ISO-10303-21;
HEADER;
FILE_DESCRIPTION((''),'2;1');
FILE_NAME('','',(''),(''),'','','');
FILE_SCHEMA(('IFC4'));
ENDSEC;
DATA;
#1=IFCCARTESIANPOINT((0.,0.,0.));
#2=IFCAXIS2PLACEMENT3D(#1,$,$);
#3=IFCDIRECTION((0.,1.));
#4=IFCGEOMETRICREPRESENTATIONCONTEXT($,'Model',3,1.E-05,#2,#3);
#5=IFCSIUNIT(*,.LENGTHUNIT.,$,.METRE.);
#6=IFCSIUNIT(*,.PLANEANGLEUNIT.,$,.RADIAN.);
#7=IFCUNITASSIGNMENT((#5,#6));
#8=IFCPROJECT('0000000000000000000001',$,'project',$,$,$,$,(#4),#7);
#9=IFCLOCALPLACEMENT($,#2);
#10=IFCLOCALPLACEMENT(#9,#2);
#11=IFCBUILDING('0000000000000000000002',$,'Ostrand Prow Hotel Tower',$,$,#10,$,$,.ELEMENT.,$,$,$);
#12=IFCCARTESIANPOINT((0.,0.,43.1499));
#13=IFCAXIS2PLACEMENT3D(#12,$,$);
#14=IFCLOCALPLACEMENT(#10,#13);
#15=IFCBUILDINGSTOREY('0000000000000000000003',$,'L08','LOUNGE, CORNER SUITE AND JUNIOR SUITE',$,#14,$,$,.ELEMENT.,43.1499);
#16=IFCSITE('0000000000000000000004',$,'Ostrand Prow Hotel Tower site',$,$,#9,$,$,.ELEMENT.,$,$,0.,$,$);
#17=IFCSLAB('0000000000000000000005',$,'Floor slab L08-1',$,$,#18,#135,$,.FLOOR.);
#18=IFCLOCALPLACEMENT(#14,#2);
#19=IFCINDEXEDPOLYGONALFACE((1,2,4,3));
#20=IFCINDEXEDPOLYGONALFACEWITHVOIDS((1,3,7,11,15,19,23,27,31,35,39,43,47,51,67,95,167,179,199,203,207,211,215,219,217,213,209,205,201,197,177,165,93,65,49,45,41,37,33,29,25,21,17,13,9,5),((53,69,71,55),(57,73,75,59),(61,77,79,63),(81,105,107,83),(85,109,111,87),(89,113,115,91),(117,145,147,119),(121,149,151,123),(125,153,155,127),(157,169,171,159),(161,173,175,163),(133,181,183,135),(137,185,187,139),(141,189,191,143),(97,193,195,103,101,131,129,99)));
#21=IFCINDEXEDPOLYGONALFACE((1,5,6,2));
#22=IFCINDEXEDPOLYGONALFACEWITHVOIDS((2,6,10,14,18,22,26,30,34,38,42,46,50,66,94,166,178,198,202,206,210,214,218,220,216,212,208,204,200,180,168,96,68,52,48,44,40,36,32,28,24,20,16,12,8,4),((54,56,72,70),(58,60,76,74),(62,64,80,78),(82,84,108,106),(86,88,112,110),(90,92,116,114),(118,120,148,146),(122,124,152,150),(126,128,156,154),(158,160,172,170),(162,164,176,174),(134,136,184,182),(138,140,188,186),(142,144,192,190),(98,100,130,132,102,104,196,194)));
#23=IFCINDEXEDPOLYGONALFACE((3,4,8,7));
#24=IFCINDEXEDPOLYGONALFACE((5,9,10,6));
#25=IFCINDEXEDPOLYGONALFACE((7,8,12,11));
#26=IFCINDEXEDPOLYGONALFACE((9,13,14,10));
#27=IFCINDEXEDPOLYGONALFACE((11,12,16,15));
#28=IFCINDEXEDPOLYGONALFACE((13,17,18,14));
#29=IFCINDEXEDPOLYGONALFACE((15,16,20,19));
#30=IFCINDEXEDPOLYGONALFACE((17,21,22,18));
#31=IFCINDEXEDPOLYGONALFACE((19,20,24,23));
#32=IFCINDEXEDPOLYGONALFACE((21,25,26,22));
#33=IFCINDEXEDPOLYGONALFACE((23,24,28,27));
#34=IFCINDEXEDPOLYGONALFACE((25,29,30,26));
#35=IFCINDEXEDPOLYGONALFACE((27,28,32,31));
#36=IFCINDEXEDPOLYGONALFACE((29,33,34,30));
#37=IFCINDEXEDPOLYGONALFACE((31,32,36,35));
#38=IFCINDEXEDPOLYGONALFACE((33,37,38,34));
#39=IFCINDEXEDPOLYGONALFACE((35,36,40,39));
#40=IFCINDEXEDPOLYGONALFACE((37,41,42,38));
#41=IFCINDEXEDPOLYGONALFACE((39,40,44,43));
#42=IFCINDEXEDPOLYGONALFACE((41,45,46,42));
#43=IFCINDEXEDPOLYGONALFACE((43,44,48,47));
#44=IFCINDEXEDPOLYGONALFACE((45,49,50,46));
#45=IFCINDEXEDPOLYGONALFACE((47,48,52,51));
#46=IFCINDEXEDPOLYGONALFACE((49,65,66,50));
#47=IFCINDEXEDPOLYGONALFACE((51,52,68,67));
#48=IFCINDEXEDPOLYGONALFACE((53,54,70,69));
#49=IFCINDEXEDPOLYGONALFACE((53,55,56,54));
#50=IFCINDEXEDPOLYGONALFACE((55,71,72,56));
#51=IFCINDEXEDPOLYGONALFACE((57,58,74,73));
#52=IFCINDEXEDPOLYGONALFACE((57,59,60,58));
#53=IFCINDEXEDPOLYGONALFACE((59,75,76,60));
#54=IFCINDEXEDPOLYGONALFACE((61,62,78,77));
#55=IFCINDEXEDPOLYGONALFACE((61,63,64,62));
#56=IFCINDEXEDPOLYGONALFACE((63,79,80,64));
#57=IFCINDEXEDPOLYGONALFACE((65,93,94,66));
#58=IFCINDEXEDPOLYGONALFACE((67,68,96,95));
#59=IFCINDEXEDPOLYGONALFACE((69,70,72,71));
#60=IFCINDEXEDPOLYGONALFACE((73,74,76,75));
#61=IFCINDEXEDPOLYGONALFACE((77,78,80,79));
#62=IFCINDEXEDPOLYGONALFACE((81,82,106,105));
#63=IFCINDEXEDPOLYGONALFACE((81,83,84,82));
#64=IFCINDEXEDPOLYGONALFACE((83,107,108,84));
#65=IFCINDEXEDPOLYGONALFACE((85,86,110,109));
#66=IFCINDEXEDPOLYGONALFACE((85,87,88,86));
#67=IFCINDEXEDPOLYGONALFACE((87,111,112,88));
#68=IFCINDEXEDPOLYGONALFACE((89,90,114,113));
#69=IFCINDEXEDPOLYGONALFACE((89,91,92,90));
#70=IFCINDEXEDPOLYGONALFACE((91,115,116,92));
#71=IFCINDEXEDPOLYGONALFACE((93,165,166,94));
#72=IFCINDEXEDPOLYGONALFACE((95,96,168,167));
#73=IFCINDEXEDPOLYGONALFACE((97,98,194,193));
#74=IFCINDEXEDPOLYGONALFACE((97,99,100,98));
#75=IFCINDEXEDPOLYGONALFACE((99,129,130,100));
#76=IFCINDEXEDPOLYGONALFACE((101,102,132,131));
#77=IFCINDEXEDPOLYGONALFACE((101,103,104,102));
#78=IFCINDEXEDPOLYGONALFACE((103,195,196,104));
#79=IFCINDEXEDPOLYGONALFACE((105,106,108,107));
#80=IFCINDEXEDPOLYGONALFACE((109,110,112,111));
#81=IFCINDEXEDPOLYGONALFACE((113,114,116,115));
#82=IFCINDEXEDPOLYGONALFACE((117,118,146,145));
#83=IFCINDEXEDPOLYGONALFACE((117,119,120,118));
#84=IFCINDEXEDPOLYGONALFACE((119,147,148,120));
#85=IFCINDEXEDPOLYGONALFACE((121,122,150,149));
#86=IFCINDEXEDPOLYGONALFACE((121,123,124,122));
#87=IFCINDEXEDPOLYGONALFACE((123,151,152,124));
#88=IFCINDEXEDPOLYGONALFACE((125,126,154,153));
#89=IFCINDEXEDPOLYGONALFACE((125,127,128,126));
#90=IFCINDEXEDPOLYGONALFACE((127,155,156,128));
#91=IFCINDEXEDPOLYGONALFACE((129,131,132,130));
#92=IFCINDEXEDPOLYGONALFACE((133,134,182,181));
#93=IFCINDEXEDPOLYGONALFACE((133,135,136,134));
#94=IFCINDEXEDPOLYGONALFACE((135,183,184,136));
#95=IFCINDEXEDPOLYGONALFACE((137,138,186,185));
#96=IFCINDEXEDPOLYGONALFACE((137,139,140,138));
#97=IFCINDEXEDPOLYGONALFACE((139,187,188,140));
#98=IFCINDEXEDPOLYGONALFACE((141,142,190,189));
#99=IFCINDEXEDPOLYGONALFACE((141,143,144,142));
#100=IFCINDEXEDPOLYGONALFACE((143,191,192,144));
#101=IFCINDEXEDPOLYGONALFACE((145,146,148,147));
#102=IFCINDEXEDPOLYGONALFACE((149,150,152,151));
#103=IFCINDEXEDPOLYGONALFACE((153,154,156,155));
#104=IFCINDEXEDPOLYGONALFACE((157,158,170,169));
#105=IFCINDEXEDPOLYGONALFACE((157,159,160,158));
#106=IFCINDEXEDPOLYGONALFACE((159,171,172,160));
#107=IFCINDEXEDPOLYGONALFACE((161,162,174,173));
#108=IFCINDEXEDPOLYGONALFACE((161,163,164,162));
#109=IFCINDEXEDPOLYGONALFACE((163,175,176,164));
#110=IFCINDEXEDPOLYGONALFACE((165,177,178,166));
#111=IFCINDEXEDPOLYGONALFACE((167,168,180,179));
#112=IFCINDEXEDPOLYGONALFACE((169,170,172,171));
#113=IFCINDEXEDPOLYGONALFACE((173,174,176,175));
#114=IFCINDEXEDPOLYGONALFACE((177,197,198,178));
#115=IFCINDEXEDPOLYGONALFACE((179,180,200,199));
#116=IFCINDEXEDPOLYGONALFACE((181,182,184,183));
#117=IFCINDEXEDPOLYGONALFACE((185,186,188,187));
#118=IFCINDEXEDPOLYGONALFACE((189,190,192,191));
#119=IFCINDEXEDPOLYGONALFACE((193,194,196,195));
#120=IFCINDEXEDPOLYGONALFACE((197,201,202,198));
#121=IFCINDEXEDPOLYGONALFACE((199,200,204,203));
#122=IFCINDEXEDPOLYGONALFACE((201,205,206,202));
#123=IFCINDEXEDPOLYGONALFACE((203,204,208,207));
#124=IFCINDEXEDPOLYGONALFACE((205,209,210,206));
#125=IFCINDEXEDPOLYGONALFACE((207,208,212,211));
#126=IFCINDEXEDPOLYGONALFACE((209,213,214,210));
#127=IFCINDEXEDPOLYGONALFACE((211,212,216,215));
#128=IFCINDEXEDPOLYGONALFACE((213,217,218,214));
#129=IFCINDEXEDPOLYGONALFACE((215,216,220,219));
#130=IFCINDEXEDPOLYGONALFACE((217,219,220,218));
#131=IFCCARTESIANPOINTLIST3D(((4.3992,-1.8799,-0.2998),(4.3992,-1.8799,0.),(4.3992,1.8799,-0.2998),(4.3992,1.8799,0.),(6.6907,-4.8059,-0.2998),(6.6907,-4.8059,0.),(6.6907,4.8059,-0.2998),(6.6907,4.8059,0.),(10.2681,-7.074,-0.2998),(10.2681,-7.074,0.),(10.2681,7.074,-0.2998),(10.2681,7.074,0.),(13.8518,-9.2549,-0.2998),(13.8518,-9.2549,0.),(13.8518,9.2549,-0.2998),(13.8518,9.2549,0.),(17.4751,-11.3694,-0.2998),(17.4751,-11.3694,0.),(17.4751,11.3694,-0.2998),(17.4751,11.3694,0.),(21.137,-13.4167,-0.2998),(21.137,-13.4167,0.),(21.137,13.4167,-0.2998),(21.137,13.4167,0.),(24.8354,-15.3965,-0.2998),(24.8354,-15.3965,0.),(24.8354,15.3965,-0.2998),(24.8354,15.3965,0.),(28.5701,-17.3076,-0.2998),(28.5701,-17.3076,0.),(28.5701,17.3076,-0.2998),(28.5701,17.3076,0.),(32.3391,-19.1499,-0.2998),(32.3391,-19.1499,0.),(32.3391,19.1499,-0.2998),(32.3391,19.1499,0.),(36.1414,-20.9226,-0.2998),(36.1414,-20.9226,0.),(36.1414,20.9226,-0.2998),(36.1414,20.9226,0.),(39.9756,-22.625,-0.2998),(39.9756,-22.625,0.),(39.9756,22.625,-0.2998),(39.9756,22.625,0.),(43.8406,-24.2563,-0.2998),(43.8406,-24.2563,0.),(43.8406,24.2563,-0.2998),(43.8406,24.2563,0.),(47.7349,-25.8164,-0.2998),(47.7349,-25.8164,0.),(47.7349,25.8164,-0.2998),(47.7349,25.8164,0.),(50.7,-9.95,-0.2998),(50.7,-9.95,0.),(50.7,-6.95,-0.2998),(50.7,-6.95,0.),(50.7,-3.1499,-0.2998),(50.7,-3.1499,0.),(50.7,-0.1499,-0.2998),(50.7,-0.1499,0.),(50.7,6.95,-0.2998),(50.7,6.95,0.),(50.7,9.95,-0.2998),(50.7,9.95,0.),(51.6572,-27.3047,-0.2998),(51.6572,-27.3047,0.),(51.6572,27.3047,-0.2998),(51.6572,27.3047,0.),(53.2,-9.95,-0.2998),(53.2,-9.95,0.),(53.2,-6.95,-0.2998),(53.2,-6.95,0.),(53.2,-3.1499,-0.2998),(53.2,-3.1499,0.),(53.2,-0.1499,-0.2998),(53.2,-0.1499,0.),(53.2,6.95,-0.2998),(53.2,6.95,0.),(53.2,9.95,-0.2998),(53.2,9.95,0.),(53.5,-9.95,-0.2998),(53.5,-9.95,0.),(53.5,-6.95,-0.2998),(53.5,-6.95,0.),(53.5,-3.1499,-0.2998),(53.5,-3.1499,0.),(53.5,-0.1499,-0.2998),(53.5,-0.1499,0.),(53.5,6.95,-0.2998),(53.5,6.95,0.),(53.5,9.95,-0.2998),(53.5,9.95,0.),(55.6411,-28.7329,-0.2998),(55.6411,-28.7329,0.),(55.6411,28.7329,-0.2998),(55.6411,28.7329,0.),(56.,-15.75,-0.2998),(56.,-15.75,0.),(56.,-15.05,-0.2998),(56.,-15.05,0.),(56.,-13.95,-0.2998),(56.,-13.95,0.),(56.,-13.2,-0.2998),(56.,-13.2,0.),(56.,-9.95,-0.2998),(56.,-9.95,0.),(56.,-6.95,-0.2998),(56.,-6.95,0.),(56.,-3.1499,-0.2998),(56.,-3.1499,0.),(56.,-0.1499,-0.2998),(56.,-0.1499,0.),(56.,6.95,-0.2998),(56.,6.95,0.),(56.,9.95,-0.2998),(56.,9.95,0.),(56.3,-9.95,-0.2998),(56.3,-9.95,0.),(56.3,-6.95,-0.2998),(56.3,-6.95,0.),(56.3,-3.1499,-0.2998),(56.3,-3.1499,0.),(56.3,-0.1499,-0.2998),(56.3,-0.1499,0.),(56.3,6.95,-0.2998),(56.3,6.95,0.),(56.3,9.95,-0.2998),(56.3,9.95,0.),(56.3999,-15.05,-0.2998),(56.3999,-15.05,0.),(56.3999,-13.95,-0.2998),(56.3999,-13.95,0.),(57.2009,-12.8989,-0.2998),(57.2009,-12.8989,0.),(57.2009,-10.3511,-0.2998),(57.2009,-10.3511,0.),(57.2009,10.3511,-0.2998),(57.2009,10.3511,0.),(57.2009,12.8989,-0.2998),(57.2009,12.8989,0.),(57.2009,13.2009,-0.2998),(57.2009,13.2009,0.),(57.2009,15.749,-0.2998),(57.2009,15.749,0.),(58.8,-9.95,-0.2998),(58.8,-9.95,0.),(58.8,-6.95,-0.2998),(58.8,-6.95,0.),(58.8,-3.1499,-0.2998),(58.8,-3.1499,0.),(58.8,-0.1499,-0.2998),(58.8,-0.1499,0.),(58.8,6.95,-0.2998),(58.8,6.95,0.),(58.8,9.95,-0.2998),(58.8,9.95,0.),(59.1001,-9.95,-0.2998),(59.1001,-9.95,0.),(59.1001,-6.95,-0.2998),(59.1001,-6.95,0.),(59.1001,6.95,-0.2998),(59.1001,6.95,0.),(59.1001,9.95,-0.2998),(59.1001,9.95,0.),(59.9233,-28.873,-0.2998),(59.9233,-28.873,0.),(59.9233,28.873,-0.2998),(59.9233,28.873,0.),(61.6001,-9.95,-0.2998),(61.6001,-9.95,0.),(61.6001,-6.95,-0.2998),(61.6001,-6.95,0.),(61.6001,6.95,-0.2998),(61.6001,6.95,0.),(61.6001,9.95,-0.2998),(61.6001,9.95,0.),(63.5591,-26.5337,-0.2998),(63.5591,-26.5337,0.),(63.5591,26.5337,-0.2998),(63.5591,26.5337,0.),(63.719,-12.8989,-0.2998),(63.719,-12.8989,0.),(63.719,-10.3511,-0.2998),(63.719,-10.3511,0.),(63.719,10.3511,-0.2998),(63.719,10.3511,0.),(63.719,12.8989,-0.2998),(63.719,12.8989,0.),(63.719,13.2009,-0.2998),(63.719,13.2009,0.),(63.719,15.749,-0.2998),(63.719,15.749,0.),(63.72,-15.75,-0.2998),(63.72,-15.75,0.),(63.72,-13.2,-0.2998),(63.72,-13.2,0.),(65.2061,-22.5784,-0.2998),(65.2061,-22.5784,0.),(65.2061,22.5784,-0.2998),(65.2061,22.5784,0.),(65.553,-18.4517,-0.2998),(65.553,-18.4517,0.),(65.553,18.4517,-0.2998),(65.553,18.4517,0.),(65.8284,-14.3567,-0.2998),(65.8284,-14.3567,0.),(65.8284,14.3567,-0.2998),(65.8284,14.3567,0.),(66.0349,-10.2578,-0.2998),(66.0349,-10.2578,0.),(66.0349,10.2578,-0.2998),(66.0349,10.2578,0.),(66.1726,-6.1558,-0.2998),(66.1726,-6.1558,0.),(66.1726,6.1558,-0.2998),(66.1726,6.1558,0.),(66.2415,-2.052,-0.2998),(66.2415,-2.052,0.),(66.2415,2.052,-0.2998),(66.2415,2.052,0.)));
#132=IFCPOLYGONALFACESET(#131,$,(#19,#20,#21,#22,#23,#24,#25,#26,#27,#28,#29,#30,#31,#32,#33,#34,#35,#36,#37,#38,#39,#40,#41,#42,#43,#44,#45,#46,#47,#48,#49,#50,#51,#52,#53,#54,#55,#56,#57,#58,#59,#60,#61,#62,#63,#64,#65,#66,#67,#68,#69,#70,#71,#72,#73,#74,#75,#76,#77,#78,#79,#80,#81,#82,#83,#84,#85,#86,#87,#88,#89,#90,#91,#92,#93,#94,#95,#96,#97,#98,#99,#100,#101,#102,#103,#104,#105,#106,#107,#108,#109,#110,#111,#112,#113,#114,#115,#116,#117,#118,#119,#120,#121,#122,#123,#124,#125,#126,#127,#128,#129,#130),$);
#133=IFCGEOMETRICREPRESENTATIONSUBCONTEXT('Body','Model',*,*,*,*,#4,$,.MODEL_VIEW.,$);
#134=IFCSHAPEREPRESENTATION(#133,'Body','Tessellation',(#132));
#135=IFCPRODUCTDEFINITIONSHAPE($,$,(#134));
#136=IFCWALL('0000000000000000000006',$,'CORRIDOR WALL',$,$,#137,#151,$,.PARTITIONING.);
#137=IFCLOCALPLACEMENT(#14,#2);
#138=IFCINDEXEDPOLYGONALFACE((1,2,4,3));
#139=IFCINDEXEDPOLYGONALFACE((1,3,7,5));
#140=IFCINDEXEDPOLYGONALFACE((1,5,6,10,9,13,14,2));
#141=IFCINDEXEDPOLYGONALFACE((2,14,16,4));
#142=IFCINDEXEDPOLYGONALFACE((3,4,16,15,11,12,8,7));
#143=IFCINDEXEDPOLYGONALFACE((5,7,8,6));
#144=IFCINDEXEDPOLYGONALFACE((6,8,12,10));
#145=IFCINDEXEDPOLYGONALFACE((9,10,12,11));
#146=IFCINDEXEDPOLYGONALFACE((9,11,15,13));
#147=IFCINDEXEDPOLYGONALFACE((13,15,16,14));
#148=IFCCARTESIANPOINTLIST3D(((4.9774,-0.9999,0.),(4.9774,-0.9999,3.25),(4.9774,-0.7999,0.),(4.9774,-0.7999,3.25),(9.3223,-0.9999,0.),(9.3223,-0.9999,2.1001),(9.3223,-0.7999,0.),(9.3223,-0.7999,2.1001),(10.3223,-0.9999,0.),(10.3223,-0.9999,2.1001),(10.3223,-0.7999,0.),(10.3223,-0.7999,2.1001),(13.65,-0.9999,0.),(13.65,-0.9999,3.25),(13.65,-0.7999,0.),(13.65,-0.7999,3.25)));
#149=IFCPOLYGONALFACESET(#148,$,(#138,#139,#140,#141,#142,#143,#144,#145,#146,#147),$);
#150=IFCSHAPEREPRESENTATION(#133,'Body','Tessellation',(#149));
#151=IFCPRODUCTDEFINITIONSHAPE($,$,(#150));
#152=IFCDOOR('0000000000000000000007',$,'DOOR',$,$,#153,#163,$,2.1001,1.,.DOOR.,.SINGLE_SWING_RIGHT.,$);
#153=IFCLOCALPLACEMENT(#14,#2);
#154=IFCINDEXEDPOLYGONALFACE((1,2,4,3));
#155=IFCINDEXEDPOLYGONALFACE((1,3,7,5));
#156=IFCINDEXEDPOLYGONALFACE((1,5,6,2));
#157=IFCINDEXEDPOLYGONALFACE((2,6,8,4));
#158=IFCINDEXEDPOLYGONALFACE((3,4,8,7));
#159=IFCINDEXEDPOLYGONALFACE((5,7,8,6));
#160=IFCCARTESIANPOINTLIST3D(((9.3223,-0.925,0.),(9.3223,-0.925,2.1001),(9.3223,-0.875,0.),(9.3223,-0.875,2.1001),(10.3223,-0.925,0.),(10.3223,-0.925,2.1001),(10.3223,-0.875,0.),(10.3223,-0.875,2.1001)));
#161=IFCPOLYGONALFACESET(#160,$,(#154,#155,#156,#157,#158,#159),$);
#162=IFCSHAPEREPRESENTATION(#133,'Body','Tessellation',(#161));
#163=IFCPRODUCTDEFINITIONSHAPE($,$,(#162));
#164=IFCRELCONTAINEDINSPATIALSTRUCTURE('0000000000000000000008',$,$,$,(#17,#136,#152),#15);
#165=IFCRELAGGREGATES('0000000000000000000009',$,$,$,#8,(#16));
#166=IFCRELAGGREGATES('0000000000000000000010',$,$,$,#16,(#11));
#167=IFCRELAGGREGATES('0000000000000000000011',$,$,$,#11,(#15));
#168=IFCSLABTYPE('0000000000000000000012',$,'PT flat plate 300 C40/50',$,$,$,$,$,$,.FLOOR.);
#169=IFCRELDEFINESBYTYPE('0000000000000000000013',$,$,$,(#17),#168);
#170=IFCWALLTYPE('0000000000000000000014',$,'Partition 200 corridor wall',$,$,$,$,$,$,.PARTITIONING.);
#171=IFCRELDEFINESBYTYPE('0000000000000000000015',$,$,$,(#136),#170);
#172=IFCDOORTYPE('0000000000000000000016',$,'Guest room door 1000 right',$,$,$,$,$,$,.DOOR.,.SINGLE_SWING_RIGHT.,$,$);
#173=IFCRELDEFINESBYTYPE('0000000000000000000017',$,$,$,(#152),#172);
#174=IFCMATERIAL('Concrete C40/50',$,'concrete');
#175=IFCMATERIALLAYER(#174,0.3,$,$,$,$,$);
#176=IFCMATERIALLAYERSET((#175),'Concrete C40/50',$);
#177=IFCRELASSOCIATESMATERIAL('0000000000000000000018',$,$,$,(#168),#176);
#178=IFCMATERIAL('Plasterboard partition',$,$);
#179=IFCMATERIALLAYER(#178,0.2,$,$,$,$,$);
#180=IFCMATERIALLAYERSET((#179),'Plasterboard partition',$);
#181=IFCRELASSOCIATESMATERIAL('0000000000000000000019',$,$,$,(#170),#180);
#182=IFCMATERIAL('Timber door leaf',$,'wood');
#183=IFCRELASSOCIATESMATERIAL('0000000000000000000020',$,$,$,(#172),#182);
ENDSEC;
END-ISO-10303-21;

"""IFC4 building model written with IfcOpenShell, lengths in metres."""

from ifc_helpers import new_model, si_unit, direction, frame, frame_2d, origin, place, context, subcontext, project, spatial, polyline, rectangle, outline, extrude, material, layer, layer_set, type_object, element, fill, save


model = new_model("IFC4")

# Units and contexts
model_context = context("Model", 3, precision=1e-05, world=origin(), true_north=direction((0.0, 1.0)))
body_context = subcontext(model_context, "Body", "Model", "MODEL_VIEW")
ifc_project = project(units=[si_unit("LENGTHUNIT", "METRE"), si_unit("PLANEANGLEUNIT", "RADIAN")], contexts=[model_context])

# Site, building, storey
site_placement = place(None, origin())
site = spatial("IfcSite", under=ifc_project, at=site_placement, Name="Ostrand Prow Hotel Tower site", CompositionType="ELEMENT", RefElevation=0.0)
building_placement = place(site_placement, origin())
building = spatial("IfcBuilding", under=site, at=building_placement, Name="Ostrand Prow Hotel Tower", CompositionType="ELEMENT")
storey_placement = place(building_placement, frame((0.0, 0.0, 43.1499)))
storey = spatial("IfcBuildingStorey", under=building, at=storey_placement, Name="L08", Description="LOUNGE, CORNER SUITE AND JUNIOR SUITE", CompositionType="ELEMENT", Elevation=43.1499)

# Slab, opening
ifc_material_1 = material(Name="Concrete C40/50", Category="concrete")
ifc_layer_1 = layer(ifc_material_1, 0.3)
ifc_layer_set_1 = layer_set([ifc_layer_1], Name="Concrete C40/50")
slab_type = type_object("IfcSlabType", Name="PT flat plate 300 C40/50", PredefinedType="FLOOR", material=ifc_layer_set_1)
slab_placement = place(storey_placement, frame((0.0, 0.0, -0.2998)))
slab = element("IfcSlab", 1, at=slab_placement, inside=storey, type_object=slab_type, Name="Floor slab L08-1", PredefinedType="FLOOR", context=body_context, shape_type="SweptSolid", body=[
    extrude(outline(polyline([(6.6907, 4.8059), (10.2681, 7.074), (13.8518, 9.2549), (17.4751, 11.3694), (21.137, 13.4167), (24.8354, 15.3965), (28.5701, 17.3076), (32.3391, 19.1499), (36.1414, 20.9226), (39.9756, 22.625), (43.8406, 24.2563), (47.7349, 25.8164), (51.6572, 27.3047), (55.6411, 28.7329), (59.9233, 28.873), (63.5591, 26.5337), (65.2061, 22.5784), (65.553, 18.4517), (65.8284, 14.3567), (66.0349, 10.2578), (66.1726, 6.1558), (66.2415, 2.052), (66.2415, -2.052), (66.1726, -6.1558), (66.0349, -10.2578), (65.8284, -14.3567), (65.553, -18.4517), (65.2061, -22.5784), (63.5591, -26.5337), (59.9233, -28.873), (55.6411, -28.7329), (51.6572, -27.3047), (47.7349, -25.8164), (43.8406, -24.2563), (39.9756, -22.625), (36.1414, -20.9226), (32.3391, -19.1499), (28.5701, -17.3076), (24.8354, -15.3965), (21.137, -13.4167), (17.4751, -11.3694), (13.8518, -9.2549), (10.2681, -7.074), (6.6907, -4.8059), (4.3992, -1.8799), (4.3992, 1.8799), (6.6907, 4.8059)]), holes=[polyline([(50.7, 6.95), (53.2, 6.95), (53.2, 9.95), (50.7, 9.95), (50.7, 6.95)]), polyline([(53.5, 6.95), (56.0, 6.95), (56.0, 9.95), (53.5, 9.95), (53.5, 6.95)]), polyline([(56.3, 6.95), (58.8, 6.95), (58.8, 9.95), (56.3, 9.95), (56.3, 6.95)]), polyline([(59.1001, 6.95), (61.6001, 6.95), (61.6001, 9.95), (59.1001, 9.95), (59.1001, 6.95)]), polyline([(50.7, -3.1499), (53.2, -3.1499), (53.2, -0.1499), (50.7, -0.1499), (50.7, -3.1499)]), polyline([(53.5, -3.1499), (56.0, -3.1499), (56.0, -0.1499), (53.5, -0.1499), (53.5, -3.1499)]), polyline([(56.3, -3.1499), (58.8, -3.1499), (58.8, -0.1499), (56.3, -0.1499), (56.3, -3.1499)]), polyline([(50.7, -9.95), (53.2, -9.95), (53.2, -6.95), (50.7, -6.95), (50.7, -9.95)]), polyline([(53.5, -9.95), (56.0, -9.95), (56.0, -6.95), (53.5, -6.95), (53.5, -9.95)]), polyline([(56.3, -9.95), (58.8, -9.95), (58.8, -6.95), (56.3, -6.95), (56.3, -9.95)]), polyline([(59.1001, -9.95), (61.6001, -9.95), (61.6001, -6.95), (59.1001, -6.95), (59.1001, -9.95)]), polyline([(57.2009, 10.3511), (57.2009, 12.8989), (63.719, 12.8989), (63.719, 10.3511), (57.2009, 10.3511)]), polyline([(57.2009, 13.2009), (57.2009, 15.749), (63.719, 15.749), (63.719, 13.2009), (57.2009, 13.2009)]), polyline([(57.2009, -12.8989), (57.2009, -10.3511), (63.719, -10.3511), (63.719, -12.8989), (57.2009, -12.8989)]), polyline([(56.0, -13.2), (63.72, -13.2), (63.72, -15.75), (56.0, -15.75), (56.0, -15.05), (56.3999, -15.05), (56.3999, -13.95), (56.0, -13.95), (56.0, -13.2)])]), origin(), (0.0, 0.0, 1.0), 0.2998),
])
opening_1_placement = place(slab_placement, origin())
element("IfcOpeningElement", 2, at=opening_1_placement, cuts=slab, PredefinedType="OPENING", context=body_context, shape_type="SweptSolid", body=[
    extrude(outline(polyline([(56.0, -13.2), (63.72, -13.2), (63.72, -15.75), (56.0, -15.75), (56.0, -15.05), (56.3999, -15.05), (56.3999, -13.95), (56.0, -13.95), (56.0, -13.2)])), origin(), (0.0, 0.0, 1.0), 0.2998),
])

# Wall, opening, door
ifc_material_2 = material(Name="Plasterboard partition")
ifc_layer_2 = layer(ifc_material_2, 0.2)
ifc_layer_set_2 = layer_set([ifc_layer_2], Name="Plasterboard partition")
wall_type_1 = type_object("IfcWallType", Name="Partition 200 corridor wall", PredefinedType="PARTITIONING", material=ifc_layer_set_2)
wall_1_placement = place(storey_placement, frame((4.9773, -0.8999, 0.0), z_axis=(0.0, 0.0, 1.0), x_axis=(1.0, 0.0, 0.0)))
wall_1 = element("IfcWall", 3, at=wall_1_placement, inside=storey, type_object=wall_type_1, Name="CORRIDOR WALL", PredefinedType="PARTITIONING", context=body_context, shape_type="SweptSolid", body=[
    extrude(rectangle(XDim=8.6726, YDim=0.2, at=frame_2d((4.3364, 0.0))), origin(), (0.0, 0.0, 1.0), 3.25),
])
opening_2_placement = place(wall_1_placement, frame((4.345, 0.0, 0.0)))
opening_2 = element("IfcOpeningElement", 4, at=opening_2_placement, cuts=wall_1, PredefinedType="OPENING", context=body_context, shape_type="SweptSolid", body=[
    extrude(rectangle(XDim=1.0, YDim=2.1001, at=frame_2d((0.5, 1.05))), frame((0.0, 0.1099, 0.0), z_axis=(0.0, -1.0, 0.0), x_axis=(1.0, 0.0, 0.0)), (0.0, 0.0, 1.0), 0.22),
])
ifc_material_3 = material(Name="Timber door leaf", Category="wood")
door_type = type_object("IfcDoorType", Name="Guest room door 1000 right", OperationType="SINGLE_SWING_RIGHT", PredefinedType="DOOR", material=ifc_material_3)
door_placement = place(opening_2_placement, origin())
door = element("IfcDoor", 5, at=door_placement, inside=storey, type_object=door_type, Name="DOOR", OperationType="SINGLE_SWING_RIGHT", OverallHeight=2.1001, OverallWidth=1.0, PredefinedType="DOOR", context=body_context, shape_type="SweptSolid", body=[
    extrude(rectangle(XDim=1.0, YDim=2.1001, at=frame_2d((0.5, 1.05))), frame((0.0, 0.0249, 0.0), z_axis=(0.0, -1.0, 0.0), x_axis=(1.0, 0.0, 0.0)), (0.0, 0.0, 1.0), 0.05),
])
fill(opening_2, door)

save(model, "model.ifc")
